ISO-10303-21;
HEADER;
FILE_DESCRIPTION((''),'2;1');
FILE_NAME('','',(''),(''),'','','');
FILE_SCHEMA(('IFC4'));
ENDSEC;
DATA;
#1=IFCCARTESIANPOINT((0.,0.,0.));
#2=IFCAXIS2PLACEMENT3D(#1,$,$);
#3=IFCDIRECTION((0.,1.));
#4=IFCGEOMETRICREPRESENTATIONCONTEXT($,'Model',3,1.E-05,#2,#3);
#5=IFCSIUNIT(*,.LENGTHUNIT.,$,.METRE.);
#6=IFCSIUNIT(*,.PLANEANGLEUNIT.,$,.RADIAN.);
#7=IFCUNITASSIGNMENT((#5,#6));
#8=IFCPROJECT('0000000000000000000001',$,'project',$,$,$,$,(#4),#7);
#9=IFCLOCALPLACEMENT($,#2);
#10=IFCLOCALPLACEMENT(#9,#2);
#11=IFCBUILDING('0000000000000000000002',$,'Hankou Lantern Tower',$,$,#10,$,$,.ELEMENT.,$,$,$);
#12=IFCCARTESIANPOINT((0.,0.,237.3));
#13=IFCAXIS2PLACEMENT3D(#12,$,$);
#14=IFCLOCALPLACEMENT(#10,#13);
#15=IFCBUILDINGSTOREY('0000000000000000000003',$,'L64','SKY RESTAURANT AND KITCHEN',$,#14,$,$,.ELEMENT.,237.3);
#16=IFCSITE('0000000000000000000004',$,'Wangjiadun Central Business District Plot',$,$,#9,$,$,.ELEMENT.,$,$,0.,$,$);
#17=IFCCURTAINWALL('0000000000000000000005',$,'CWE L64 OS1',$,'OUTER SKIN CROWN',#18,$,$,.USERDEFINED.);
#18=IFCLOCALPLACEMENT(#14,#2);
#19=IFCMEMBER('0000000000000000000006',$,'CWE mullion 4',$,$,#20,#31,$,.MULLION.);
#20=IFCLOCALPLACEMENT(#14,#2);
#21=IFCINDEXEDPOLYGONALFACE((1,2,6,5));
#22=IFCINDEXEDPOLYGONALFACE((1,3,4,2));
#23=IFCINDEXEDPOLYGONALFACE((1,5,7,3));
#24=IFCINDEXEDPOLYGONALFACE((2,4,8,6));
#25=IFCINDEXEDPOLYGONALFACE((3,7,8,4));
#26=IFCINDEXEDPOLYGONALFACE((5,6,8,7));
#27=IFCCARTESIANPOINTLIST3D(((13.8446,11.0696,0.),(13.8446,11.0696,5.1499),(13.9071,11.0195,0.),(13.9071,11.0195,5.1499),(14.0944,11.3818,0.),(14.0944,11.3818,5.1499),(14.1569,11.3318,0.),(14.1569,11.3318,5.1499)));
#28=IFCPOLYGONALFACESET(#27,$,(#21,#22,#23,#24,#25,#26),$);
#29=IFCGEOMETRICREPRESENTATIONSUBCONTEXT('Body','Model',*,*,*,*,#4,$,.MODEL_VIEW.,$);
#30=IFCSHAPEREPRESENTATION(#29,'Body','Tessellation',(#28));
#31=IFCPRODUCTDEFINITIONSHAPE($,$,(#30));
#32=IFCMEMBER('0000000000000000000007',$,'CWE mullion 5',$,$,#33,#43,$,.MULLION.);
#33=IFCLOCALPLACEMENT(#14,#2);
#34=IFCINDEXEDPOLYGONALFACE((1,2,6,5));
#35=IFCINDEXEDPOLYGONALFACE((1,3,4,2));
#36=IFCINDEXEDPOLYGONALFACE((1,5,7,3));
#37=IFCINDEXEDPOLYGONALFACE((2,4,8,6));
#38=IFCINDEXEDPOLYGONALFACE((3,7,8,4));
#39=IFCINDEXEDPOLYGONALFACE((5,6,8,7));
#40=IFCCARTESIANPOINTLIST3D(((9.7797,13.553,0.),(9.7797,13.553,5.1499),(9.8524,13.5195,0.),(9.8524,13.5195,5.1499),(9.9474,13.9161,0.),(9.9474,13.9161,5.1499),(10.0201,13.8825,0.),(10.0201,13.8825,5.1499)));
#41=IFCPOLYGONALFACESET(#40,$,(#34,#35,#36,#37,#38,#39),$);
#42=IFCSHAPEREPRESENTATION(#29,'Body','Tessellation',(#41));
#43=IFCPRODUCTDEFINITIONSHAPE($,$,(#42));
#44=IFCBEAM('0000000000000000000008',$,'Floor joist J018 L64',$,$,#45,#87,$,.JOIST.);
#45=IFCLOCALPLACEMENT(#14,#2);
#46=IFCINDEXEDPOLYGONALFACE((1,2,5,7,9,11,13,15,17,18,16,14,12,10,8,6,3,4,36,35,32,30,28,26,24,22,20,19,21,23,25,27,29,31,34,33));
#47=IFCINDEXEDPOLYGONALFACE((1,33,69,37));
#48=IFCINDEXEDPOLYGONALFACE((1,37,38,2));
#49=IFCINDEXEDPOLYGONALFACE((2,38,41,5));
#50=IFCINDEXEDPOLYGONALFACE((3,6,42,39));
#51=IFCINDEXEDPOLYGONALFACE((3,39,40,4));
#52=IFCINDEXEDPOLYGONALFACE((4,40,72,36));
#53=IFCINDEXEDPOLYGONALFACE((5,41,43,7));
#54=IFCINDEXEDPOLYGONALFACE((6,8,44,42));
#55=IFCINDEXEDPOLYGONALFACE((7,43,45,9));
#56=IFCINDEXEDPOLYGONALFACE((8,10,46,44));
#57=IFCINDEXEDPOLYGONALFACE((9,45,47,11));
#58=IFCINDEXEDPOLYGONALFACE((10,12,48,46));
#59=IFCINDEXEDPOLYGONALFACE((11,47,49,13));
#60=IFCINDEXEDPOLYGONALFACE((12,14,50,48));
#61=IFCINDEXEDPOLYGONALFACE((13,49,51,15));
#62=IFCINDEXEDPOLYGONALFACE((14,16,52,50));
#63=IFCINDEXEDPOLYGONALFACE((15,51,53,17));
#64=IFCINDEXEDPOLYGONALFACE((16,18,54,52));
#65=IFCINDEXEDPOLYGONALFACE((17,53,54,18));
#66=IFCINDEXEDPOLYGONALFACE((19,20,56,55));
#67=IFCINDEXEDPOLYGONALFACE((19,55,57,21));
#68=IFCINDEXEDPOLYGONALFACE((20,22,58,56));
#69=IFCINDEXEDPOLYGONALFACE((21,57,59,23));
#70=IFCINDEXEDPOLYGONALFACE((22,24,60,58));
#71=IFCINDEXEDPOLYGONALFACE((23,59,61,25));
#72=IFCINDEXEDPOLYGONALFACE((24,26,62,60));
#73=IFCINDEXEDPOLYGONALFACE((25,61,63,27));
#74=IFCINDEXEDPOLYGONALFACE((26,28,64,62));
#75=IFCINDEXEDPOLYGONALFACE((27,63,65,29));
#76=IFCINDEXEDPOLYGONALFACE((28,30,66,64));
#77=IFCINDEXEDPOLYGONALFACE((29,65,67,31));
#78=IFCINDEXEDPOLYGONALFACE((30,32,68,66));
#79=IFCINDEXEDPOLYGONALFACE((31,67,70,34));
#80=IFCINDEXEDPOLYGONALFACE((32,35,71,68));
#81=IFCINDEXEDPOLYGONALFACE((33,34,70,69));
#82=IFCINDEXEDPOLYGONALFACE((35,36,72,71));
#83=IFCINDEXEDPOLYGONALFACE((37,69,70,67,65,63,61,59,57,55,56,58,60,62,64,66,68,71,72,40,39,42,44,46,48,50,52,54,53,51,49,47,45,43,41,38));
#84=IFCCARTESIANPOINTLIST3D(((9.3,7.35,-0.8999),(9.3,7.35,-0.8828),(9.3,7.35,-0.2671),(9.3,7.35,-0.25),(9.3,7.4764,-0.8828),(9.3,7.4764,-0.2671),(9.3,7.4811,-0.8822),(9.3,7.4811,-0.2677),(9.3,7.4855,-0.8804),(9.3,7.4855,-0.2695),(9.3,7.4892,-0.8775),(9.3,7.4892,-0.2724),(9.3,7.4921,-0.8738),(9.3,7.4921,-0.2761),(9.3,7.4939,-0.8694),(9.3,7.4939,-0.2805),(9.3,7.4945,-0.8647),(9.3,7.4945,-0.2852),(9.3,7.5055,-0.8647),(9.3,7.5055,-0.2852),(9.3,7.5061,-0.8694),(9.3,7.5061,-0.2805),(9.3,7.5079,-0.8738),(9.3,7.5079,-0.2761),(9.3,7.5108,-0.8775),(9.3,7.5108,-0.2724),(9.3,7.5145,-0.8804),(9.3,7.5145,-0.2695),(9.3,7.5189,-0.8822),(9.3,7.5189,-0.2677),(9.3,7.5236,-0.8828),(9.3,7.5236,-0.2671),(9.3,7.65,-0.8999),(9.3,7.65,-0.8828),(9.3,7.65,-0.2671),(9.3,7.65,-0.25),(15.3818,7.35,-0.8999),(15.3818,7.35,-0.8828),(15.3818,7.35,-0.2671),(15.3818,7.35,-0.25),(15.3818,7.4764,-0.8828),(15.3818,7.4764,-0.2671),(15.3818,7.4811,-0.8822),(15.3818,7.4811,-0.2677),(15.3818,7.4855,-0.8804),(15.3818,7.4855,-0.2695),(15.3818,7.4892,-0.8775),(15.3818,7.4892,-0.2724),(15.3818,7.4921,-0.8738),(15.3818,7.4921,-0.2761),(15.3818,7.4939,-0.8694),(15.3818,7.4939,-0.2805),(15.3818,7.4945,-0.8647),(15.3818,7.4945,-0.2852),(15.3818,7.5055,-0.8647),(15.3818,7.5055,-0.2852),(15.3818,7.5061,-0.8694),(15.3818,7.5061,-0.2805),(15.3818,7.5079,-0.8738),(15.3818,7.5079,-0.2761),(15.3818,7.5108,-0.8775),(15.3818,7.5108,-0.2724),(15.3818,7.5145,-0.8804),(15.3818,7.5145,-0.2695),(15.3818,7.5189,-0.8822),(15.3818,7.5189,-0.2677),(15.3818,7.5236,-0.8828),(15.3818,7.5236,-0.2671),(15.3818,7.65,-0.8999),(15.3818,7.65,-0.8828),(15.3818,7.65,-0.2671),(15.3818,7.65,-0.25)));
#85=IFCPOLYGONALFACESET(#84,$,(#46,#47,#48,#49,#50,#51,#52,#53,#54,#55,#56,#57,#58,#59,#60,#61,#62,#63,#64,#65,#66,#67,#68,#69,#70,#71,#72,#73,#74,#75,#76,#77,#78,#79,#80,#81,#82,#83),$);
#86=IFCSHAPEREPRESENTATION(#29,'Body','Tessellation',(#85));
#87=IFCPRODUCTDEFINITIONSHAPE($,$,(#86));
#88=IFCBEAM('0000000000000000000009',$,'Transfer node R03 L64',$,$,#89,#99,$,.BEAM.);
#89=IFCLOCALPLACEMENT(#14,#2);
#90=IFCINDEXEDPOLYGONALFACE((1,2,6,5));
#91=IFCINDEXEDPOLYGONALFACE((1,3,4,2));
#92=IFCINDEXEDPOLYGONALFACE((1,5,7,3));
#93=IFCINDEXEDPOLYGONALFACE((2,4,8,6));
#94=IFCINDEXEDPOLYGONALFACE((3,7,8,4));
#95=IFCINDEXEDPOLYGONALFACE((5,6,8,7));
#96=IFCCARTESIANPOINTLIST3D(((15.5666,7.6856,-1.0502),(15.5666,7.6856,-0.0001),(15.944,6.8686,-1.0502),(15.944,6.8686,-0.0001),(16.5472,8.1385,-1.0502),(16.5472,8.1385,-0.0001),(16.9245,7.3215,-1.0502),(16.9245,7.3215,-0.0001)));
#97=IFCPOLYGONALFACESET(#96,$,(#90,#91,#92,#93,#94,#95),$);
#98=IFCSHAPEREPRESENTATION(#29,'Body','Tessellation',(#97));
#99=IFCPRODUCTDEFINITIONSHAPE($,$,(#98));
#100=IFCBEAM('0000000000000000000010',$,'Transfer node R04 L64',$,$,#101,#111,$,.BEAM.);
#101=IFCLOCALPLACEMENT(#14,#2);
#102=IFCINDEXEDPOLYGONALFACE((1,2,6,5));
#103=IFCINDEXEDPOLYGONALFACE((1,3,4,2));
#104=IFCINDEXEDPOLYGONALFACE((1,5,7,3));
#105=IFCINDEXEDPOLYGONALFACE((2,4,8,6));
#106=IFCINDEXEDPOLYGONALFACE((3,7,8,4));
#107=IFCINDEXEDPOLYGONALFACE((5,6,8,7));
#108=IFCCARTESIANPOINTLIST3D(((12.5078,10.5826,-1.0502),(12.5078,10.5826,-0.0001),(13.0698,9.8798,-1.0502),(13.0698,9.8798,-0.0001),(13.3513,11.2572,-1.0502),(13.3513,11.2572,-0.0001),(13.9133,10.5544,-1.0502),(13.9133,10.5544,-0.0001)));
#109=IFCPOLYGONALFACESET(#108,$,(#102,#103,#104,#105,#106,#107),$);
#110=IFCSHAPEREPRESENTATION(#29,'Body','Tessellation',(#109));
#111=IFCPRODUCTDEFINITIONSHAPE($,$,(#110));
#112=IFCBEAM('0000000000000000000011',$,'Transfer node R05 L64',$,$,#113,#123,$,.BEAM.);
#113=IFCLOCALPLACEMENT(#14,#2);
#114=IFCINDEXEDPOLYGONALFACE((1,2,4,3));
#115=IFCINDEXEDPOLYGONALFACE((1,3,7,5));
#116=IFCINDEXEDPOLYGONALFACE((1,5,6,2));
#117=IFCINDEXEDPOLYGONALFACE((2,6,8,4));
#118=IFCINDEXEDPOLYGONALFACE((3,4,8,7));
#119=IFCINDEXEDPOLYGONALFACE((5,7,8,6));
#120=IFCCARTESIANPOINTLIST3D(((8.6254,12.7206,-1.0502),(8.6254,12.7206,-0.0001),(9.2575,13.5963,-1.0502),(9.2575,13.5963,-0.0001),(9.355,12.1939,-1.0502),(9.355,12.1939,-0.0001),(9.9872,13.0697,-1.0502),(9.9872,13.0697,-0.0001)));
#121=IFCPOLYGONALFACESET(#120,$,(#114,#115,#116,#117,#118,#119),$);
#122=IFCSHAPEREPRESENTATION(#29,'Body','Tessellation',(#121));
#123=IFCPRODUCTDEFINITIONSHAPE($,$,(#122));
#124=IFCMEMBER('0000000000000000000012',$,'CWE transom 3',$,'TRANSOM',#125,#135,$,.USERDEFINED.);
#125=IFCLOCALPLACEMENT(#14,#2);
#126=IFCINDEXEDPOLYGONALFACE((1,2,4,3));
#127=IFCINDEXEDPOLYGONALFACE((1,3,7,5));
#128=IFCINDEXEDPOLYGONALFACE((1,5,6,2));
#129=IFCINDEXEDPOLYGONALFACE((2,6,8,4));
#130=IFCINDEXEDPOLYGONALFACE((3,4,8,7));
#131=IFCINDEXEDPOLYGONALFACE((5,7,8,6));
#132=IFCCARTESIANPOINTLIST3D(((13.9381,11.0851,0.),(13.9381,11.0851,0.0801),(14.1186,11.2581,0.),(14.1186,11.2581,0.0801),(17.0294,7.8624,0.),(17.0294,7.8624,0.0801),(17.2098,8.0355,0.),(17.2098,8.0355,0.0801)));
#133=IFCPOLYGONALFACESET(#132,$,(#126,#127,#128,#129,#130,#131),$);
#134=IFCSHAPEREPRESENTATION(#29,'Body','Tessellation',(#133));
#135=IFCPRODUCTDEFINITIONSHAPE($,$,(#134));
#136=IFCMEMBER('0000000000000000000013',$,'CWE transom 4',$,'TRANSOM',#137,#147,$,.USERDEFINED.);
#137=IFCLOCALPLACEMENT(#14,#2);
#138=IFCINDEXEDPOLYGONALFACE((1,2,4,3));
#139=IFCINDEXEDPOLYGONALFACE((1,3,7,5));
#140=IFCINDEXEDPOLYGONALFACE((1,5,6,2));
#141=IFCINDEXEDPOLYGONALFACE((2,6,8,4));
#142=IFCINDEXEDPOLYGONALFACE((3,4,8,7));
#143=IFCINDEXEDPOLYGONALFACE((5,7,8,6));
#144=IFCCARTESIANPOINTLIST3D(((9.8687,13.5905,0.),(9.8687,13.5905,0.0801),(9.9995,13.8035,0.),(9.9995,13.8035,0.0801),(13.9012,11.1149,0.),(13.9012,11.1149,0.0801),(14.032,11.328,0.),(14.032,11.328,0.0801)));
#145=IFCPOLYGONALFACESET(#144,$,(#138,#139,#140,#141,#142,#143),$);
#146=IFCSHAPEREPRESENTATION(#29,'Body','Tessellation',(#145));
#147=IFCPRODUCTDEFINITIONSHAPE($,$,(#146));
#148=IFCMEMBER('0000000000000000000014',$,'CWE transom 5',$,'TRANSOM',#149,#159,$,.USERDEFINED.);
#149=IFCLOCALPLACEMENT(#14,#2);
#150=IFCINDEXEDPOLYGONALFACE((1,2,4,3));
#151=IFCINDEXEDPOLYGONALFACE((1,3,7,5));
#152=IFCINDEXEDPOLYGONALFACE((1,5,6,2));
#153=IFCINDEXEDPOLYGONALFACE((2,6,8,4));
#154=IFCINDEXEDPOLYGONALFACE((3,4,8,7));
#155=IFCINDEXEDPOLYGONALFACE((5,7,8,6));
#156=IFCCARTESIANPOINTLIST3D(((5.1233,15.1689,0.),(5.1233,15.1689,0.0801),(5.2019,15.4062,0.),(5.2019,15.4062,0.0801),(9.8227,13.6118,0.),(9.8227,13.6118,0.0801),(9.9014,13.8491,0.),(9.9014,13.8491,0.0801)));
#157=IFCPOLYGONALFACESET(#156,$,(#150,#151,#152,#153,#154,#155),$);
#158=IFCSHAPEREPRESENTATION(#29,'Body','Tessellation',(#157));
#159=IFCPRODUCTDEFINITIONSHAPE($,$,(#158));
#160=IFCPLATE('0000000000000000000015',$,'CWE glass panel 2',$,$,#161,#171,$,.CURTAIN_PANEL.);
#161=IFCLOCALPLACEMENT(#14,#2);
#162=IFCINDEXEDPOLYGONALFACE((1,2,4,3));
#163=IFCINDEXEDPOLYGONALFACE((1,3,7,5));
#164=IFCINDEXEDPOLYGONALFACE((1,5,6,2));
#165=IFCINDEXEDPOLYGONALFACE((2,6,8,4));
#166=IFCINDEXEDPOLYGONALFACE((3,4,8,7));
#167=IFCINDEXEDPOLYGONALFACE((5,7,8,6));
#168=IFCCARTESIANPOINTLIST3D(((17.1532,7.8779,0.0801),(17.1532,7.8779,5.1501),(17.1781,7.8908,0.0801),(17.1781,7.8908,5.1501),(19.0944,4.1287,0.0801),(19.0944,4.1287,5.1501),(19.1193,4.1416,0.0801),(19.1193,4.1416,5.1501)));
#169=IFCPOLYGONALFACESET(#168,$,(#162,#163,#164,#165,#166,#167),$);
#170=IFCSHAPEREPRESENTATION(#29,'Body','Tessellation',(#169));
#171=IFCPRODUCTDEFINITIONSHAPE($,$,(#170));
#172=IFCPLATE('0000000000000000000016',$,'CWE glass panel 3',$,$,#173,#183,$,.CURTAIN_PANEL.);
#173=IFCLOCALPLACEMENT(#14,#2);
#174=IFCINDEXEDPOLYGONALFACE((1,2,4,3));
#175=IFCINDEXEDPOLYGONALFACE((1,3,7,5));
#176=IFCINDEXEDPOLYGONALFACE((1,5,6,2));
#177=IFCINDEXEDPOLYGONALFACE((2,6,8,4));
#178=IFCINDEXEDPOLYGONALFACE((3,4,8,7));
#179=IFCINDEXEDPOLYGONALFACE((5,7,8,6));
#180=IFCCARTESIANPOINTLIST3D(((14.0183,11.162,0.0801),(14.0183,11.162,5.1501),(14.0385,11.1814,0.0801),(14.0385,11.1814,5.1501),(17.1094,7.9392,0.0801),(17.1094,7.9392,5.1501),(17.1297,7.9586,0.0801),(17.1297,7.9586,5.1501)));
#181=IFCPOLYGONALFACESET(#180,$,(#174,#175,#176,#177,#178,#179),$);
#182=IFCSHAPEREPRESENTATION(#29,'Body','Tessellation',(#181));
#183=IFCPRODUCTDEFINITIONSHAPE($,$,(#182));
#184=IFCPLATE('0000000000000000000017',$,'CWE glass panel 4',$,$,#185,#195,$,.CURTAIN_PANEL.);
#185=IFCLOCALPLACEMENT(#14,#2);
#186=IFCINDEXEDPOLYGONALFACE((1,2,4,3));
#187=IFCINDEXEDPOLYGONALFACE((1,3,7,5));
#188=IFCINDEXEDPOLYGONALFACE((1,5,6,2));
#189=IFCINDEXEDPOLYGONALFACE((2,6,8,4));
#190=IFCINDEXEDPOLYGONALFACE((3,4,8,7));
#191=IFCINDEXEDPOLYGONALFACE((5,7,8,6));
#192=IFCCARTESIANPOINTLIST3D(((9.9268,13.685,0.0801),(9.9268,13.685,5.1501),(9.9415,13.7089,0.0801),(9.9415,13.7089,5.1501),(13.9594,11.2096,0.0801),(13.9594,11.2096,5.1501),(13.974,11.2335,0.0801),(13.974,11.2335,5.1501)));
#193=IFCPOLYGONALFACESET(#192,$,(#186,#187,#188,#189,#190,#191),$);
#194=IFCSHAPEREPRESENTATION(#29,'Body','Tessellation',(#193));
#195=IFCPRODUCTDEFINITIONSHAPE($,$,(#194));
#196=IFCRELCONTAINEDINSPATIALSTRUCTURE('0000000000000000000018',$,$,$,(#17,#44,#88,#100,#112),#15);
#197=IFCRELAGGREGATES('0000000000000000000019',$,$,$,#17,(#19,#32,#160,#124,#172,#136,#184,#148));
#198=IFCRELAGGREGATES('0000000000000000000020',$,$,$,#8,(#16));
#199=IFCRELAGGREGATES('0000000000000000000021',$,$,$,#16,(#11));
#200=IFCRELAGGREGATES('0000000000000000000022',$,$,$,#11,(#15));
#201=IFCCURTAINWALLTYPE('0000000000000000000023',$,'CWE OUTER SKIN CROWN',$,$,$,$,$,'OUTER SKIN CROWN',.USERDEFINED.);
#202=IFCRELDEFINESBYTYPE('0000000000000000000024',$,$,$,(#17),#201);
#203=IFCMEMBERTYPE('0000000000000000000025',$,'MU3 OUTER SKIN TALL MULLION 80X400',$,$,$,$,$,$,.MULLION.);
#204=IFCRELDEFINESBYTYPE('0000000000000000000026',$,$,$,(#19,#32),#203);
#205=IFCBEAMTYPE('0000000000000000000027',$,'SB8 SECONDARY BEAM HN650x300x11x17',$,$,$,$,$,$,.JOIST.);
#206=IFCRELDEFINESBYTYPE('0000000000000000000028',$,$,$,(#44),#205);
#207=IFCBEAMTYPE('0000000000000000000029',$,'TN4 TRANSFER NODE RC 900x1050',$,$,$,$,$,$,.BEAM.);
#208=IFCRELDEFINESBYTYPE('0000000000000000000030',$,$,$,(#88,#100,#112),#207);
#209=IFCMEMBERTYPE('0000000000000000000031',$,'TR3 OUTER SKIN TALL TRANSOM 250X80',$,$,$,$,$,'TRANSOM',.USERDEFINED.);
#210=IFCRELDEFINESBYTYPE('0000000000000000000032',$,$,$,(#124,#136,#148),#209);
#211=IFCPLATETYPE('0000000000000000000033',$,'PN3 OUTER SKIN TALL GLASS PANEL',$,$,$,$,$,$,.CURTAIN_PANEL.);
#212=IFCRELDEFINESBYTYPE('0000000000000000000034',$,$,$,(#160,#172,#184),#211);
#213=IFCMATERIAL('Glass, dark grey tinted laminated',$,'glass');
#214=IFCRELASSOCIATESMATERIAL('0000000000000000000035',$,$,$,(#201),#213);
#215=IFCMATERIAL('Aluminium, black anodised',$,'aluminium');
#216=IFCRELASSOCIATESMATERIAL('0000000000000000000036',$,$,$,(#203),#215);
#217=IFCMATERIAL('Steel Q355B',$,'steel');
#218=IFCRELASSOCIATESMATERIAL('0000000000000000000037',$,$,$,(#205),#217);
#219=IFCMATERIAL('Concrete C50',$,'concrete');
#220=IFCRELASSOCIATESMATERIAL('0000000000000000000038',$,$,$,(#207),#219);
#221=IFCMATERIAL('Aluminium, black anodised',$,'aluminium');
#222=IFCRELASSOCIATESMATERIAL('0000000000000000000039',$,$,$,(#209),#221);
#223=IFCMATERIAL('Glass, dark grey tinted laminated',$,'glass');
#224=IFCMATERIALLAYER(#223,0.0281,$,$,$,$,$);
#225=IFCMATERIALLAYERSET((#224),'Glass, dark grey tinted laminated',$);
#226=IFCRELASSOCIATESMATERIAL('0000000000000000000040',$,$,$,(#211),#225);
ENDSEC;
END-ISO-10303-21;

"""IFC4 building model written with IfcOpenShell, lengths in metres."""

from ifc_helpers import new_model, si_unit, direction, frame, origin, origin_2d, place, context, subcontext, project, spatial, rectangle, i_section, extrude, material, layer, layer_set, material_profile, profile_set, type_object, element, aggregate, save


model = new_model("IFC4")

# Units and contexts
model_context = context("Model", 3, precision=1e-05, world=origin(), true_north=direction((0.0, 1.0)))
body_context = subcontext(model_context, "Body", "Model", "MODEL_VIEW")
ifc_project = project(units=[si_unit("LENGTHUNIT", "METRE"), si_unit("PLANEANGLEUNIT", "RADIAN")], contexts=[model_context])

# Site, building, storey
site_placement = place(None, origin())
site = spatial("IfcSite", under=ifc_project, at=site_placement, Name="Wangjiadun Central Business District Plot", CompositionType="ELEMENT", RefElevation=0.0)
building_placement = place(site_placement, origin())
building = spatial("IfcBuilding", under=site, at=building_placement, Name="Hankou Lantern Tower", CompositionType="ELEMENT")
storey_placement = place(building_placement, frame((0.0, 0.0, 237.3)))
storey = spatial("IfcBuildingStorey", under=building, at=storey_placement, Name="L64", Description="SKY RESTAURANT AND KITCHEN", CompositionType="ELEMENT", Elevation=237.3)

# Curtain wall, members
ifc_material_1 = material(Name="Glass, dark grey tinted laminated", Category="glass")
curtain_wall_type = type_object("IfcCurtainWallType", Name="CWE OUTER SKIN CROWN", ElementType="OUTER SKIN CROWN", PredefinedType="USERDEFINED", material=ifc_material_1)
curtain_wall_placement = place(storey_placement, origin())
curtain_wall = element("IfcCurtainWall", 1, at=curtain_wall_placement, inside=storey, type_object=curtain_wall_type, Name="CWE L64 OS1", ObjectType="OUTER SKIN CROWN", PredefinedType="USERDEFINED")
ifc_material_2 = material(Name="Aluminium, black anodised", Category="aluminium")
ifc_material_profile_1 = material_profile(ifc_material_2, rectangle(XDim=0.0801, YDim=0.3999, at=origin_2d()), Name="MU3 80X400")
ifc_profile_set_1 = profile_set([ifc_material_profile_1], Name="Aluminium, black anodised")
member_type_1 = type_object("IfcMemberType", Name="MU3 OUTER SKIN TALL MULLION 80X400", PredefinedType="MULLION", material=ifc_profile_set_1)
member_1_placement = place(storey_placement, frame((14.0007, 11.2007, 0.0), z_axis=(0.0, 0.0, 1.0), x_axis=(-0.780869, 0.624695, 0.0)))
member_1 = element("IfcMember", 2, at=member_1_placement, type_object=member_type_1, Name="CWE mullion 4", PredefinedType="MULLION", context=body_context, shape_type="SweptSolid", body=[
    extrude(rectangle(XDim=0.0801, YDim=0.3999, at=origin_2d()), origin(), (0.0, 0.0, 1.0), 5.1499),
])
member_2_placement = place(storey_placement, frame((9.8999, 13.7178, 0.0), z_axis=(0.0, 0.0, 1.0), x_axis=(-0.907841, 0.419314, 0.0)))
member_2 = element("IfcMember", 3, at=member_2_placement, type_object=member_type_1, Name="CWE mullion 5", PredefinedType="MULLION", context=body_context, shape_type="SweptSolid", body=[
    extrude(rectangle(XDim=0.0801, YDim=0.3999, at=origin_2d()), origin(), (0.0, 0.0, 1.0), 5.1499),
])

# Beams
ifc_material_3 = material(Name="Steel Q355B", Category="steel")
ifc_material_profile_2 = material_profile(ifc_material_3, i_section(OverallWidth=0.3, OverallDepth=0.6499, WebThickness=0.011, FlangeThickness=0.0171, FilletRadius=0.0181, at=origin_2d()), Name="HN650x300x11x17")
ifc_profile_set_2 = profile_set([ifc_material_profile_2], Name="Steel Q355B")
beam_type_1 = type_object("IfcBeamType", Name="SB8 SECONDARY BEAM HN650x300x11x17", PredefinedType="JOIST", material=ifc_profile_set_2)
beam_1_placement = place(storey_placement, frame((9.3, 7.5, -0.575), z_axis=(1.0, 0.0, 0.0), x_axis=(0.0, 1.0, 0.0)))
element("IfcBeam", 4, at=beam_1_placement, inside=storey, type_object=beam_type_1, Name="Floor joist J018 L64", PredefinedType="JOIST", context=body_context, shape_type="SweptSolid", body=[
    extrude(i_section(OverallWidth=0.3, OverallDepth=0.6499, WebThickness=0.011, FlangeThickness=0.0171, FilletRadius=0.0181, at=origin_2d()), origin(), (0.0, 0.0, 1.0), 6.0818),
])
ifc_material_4 = material(Name="Concrete C50", Category="concrete")
ifc_material_profile_3 = material_profile(ifc_material_4, rectangle(XDim=0.8999, YDim=1.05, at=origin_2d()), Name="RC 900x1050")
ifc_profile_set_3 = profile_set([ifc_material_profile_3], Name="Concrete C50")
beam_type_2 = type_object("IfcBeamType", Name="TN4 TRANSFER NODE RC 900x1050", PredefinedType="BEAM", material=ifc_profile_set_3)
for number, where, z_axis, x_axis, name in (
    (5, (16.7358, 7.73, -0.5251), (-0.907834, -0.419331, 0.0), (0.419331, -0.907834, 0.0), "Transfer node R03 L64"),
    (6, (13.6323, 10.9058, -0.5251), (-0.780979, -0.624557, 0.0), (0.624557, -0.780979, 0.0), "Transfer node R04 L64"),
    (7, (9.6223, 13.333, -0.5251), (-0.585251, -0.810852, 0.0), (0.810852, -0.585251, 0.0), "Transfer node R05 L64"),
):
    element("IfcBeam", number, at=place(storey_placement, frame(where, z_axis=z_axis, x_axis=x_axis)), inside=storey, type_object=beam_type_2, Name=name, PredefinedType="BEAM", context=body_context, shape_type="SweptSolid", body=[
        extrude(rectangle(XDim=0.8999, YDim=1.05, at=origin_2d()), origin(), (0.0, 0.0, 1.0), 1.0801),
    ])

# Members
ifc_material_5 = material(Name="Aluminium, black anodised", Category="aluminium")
ifc_material_profile_4 = material_profile(ifc_material_5, rectangle(XDim=0.25, YDim=0.0801, at=origin_2d()), Name="TR3 250X80")
ifc_profile_set_4 = profile_set([ifc_material_profile_4], Name="Aluminium, black anodised")
member_type_2 = type_object("IfcMemberType", Name="TR3 OUTER SKIN TALL TRANSOM 250X80", ElementType="TRANSOM", PredefinedType="USERDEFINED", material=ifc_profile_set_4)
member_3_placement = place(storey_placement, frame((17.1196, 7.949, 0.04), z_axis=(-0.692247, 0.72166, 0.0), x_axis=(-0.72166, -0.692247, 0.0)))
member_3 = element("IfcMember", 8, at=member_3_placement, type_object=member_type_2, Name="CWE transom 3", ObjectType="TRANSOM", PredefinedType="USERDEFINED", context=body_context, shape_type="SweptSolid", body=[
    extrude(rectangle(XDim=0.25, YDim=0.0801, at=origin_2d()), origin(), (0.0, 0.0, 1.0), 4.4656),
])
member_4_placement = place(storey_placement, frame((13.9666, 11.2214, 0.04), z_axis=(-0.852218, 0.523187, 0.0), x_axis=(-0.523187, -0.852218, 0.0)))
member_4 = element("IfcMember", 9, at=member_4_placement, type_object=member_type_2, Name="CWE transom 4", ObjectType="TRANSOM", PredefinedType="USERDEFINED", context=body_context, shape_type="SweptSolid", body=[
    extrude(rectangle(XDim=0.25, YDim=0.0801, at=origin_2d()), origin(), (0.0, 0.0, 1.0), 4.7317),
])
member_5_placement = place(storey_placement, frame((9.8621, 13.7305, 0.04), z_axis=(-0.949249, 0.314526, 0.0), x_axis=(-0.314526, -0.949249, 0.0)))
member_5 = element("IfcMember", 10, at=member_5_placement, type_object=member_type_2, Name="CWE transom 5", ObjectType="TRANSOM", PredefinedType="USERDEFINED", context=body_context, shape_type="SweptSolid", body=[
    extrude(rectangle(XDim=0.25, YDim=0.0801, at=origin_2d()), origin(), (0.0, 0.0, 1.0), 4.9507),
])

# Plates
ifc_material_6 = material(Name="Glass, dark grey tinted laminated", Category="glass")
ifc_layer_1 = layer(ifc_material_6, 0.0281)
ifc_layer_set_1 = layer_set([ifc_layer_1], Name="Glass, dark grey tinted laminated")
plate_type = type_object("IfcPlateType", Name="PN3 OUTER SKIN TALL GLASS PANEL", PredefinedType="CURTAIN_PANEL", material=ifc_layer_set_1)
plate_1_placement = place(storey_placement, frame((18.1362, 6.0098, 0.0801), z_axis=(0.0, 0.0, 1.0), x_axis=(-0.459791, 0.888027, 0.0)))
plate_1 = element("IfcPlate", 11, at=plate_1_placement, type_object=plate_type, Name="CWE glass panel 2", PredefinedType="CURTAIN_PANEL", context=body_context, shape_type="SweptSolid", body=[
    extrude(rectangle(XDim=4.2219, YDim=0.0281, at=origin_2d()), origin(), (0.0, 0.0, 1.0), 5.0701),
])
plate_2_placement = place(storey_placement, frame((15.574, 9.5603, 0.0801), z_axis=(0.0, 0.0, 1.0), x_axis=(-0.692216, 0.721691, 0.0)))
plate_2 = element("IfcPlate", 12, at=plate_2_placement, type_object=plate_type, Name="CWE glass panel 3", PredefinedType="CURTAIN_PANEL", context=body_context, shape_type="SweptSolid", body=[
    extrude(rectangle(XDim=4.4656, YDim=0.0281, at=origin_2d()), origin(), (0.0, 0.0, 1.0), 5.0701),
])
plate_3_placement = place(storey_placement, frame((11.9504, 12.4592, 0.0801), z_axis=(0.0, 0.0, 1.0), x_axis=(-0.852237, 0.523156, 0.0)))
plate_3 = element("IfcPlate", 13, at=plate_3_placement, type_object=plate_type, Name="CWE glass panel 4", PredefinedType="CURTAIN_PANEL", context=body_context, shape_type="SweptSolid", body=[
    extrude(rectangle(XDim=4.7317, YDim=0.0281, at=origin_2d()), origin(), (0.0, 0.0, 1.0), 5.0701),
])
aggregate(curtain_wall, [member_1, member_2, plate_1, member_3, plate_2, member_4, plate_3, member_5])

save(model, "model.ifc")
